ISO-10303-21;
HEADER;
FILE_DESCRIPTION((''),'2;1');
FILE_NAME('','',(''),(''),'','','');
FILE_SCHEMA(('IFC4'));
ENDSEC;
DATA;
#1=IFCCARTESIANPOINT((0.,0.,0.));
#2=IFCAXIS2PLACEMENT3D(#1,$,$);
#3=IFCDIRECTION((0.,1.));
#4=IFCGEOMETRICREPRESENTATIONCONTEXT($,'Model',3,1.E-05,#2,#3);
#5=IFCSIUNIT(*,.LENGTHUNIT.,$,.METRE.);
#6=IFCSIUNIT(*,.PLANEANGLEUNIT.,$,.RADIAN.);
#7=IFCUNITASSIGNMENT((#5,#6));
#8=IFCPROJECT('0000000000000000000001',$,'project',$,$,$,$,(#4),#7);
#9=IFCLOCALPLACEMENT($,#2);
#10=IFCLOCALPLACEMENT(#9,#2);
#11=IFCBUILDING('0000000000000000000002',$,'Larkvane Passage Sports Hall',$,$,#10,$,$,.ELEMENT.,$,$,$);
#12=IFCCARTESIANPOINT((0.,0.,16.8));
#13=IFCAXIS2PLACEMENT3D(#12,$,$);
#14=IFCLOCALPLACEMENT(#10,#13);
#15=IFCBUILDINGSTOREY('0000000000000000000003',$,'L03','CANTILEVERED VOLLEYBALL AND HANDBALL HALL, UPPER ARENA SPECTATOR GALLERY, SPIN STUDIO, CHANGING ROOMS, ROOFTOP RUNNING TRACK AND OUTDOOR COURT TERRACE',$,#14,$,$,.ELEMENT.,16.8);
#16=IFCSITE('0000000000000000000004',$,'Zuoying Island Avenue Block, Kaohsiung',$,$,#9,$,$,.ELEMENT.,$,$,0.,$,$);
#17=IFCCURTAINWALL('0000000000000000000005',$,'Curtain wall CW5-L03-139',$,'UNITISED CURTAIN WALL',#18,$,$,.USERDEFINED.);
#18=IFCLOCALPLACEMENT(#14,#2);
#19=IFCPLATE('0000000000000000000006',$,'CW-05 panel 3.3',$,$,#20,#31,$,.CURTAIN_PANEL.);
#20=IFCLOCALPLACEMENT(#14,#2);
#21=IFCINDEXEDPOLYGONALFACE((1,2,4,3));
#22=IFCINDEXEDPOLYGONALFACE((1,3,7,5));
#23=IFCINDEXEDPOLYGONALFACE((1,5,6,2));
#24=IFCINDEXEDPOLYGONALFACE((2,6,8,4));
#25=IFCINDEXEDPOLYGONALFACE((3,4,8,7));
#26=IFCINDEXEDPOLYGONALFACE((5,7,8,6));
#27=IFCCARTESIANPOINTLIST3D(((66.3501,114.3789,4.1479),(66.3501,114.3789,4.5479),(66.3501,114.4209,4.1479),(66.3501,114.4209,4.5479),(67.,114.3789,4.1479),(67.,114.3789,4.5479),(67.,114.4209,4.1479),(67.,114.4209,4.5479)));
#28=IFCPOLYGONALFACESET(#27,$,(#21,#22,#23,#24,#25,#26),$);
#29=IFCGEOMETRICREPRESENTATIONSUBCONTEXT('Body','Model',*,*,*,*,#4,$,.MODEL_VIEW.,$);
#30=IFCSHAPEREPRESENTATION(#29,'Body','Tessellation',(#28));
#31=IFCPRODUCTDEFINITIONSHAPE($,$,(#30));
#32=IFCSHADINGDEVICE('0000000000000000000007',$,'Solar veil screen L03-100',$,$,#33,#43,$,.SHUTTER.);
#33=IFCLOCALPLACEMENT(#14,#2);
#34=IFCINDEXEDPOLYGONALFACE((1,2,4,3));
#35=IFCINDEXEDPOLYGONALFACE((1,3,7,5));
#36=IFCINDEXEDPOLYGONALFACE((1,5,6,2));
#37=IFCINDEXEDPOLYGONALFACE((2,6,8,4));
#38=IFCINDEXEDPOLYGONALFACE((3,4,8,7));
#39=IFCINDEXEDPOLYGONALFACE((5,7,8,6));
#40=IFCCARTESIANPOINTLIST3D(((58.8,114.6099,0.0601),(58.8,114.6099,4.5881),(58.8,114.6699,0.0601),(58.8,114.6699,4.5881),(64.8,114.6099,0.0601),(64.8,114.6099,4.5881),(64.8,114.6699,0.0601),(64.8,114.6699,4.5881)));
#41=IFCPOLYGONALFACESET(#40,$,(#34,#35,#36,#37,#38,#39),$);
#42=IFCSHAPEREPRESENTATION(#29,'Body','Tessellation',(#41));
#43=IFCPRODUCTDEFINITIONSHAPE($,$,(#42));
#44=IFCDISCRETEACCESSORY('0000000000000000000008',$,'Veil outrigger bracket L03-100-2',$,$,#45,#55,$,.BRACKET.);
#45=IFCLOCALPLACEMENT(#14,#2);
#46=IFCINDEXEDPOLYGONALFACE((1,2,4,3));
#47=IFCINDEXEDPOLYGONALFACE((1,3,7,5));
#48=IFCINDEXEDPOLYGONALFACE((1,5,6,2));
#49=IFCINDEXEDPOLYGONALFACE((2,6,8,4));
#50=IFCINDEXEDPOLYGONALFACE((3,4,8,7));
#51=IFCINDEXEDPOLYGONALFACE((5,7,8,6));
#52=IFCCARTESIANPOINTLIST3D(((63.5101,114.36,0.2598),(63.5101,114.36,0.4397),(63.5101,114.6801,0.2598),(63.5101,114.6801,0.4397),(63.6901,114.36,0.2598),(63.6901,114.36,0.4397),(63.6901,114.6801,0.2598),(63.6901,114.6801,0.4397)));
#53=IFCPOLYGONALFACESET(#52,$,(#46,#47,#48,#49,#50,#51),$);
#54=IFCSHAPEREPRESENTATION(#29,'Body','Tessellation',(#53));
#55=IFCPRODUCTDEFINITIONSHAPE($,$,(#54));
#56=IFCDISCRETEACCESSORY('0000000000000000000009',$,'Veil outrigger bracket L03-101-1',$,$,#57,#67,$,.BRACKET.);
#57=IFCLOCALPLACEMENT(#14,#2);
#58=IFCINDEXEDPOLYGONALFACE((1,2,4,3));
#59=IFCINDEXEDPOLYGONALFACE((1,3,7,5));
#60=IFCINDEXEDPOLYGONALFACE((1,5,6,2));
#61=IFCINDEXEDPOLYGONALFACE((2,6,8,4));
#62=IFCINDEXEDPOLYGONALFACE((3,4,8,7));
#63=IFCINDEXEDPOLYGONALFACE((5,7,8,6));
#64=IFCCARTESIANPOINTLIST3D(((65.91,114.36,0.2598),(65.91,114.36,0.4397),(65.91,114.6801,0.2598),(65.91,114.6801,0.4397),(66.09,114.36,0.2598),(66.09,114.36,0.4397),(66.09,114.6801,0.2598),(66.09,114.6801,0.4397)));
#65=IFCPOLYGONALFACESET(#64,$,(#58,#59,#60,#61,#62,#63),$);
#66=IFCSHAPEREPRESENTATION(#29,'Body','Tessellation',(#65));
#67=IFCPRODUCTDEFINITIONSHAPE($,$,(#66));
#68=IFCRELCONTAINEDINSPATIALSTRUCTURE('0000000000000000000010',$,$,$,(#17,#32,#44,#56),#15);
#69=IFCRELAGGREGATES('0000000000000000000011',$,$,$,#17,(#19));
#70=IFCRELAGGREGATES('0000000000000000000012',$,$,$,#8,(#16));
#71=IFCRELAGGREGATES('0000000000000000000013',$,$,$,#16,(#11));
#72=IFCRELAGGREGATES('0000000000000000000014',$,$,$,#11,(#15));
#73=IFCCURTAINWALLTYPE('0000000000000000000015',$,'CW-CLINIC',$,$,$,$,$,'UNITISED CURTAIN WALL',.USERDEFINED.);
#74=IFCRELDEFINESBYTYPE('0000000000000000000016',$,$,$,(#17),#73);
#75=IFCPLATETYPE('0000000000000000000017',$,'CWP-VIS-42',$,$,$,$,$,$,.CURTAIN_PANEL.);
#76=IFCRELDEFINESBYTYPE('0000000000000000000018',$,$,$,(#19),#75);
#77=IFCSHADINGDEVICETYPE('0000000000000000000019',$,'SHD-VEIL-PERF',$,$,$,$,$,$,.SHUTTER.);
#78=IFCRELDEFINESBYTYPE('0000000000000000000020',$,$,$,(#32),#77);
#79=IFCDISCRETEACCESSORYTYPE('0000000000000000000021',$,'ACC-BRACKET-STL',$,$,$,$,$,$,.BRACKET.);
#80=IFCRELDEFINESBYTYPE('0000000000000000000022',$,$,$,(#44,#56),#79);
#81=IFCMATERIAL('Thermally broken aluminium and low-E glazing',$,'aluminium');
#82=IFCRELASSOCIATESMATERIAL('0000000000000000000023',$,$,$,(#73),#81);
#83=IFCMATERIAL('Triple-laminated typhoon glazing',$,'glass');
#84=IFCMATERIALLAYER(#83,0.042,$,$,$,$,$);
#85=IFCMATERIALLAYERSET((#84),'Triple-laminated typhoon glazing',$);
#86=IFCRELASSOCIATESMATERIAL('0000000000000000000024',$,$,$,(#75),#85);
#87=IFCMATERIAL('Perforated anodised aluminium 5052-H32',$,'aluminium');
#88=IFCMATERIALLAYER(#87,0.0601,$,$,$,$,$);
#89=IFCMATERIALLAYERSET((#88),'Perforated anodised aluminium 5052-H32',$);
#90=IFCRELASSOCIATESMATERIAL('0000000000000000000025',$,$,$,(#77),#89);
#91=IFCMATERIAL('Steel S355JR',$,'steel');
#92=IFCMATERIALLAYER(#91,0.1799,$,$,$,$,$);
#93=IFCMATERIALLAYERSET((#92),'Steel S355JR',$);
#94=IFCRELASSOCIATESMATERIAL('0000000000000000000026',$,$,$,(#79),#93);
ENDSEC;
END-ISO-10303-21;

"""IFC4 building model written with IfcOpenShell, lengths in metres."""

from ifc_helpers import new_model, si_unit, direction, frame, origin, origin_2d, place, context, subcontext, project, spatial, rectangle, extrude, material, layer, layer_set, type_object, element, aggregate, save


model = new_model("IFC4")

# Units and contexts
model_context = context("Model", 3, precision=1e-05, world=origin(), true_north=direction((0.0, 1.0)))
body_context = subcontext(model_context, "Body", "Model", "MODEL_VIEW")
ifc_project = project(units=[si_unit("LENGTHUNIT", "METRE"), si_unit("PLANEANGLEUNIT", "RADIAN")], contexts=[model_context])

# Site, building, storey
site_placement = place(None, origin())
site = spatial("IfcSite", under=ifc_project, at=site_placement, Name="Zuoying Island Avenue Block, Kaohsiung", CompositionType="ELEMENT", RefElevation=0.0)
building_placement = place(site_placement, origin())
building = spatial("IfcBuilding", under=site, at=building_placement, Name="Larkvane Passage Sports Hall", CompositionType="ELEMENT")
storey_placement = place(building_placement, frame((0.0, 0.0, 16.8)))
storey = spatial("IfcBuildingStorey", under=building, at=storey_placement, Name="L03", Description="CANTILEVERED VOLLEYBALL AND HANDBALL HALL, UPPER ARENA SPECTATOR GALLERY, SPIN STUDIO, CHANGING ROOMS, ROOFTOP RUNNING TRACK AND OUTDOOR COURT TERRACE", CompositionType="ELEMENT", Elevation=16.8)

# Curtain wall
ifc_material_1 = material(Name="Thermally broken aluminium and low-E glazing", Category="aluminium")
curtain_wall_type_1 = type_object("IfcCurtainWallType", Name="CW-CLINIC", ElementType="UNITISED CURTAIN WALL", PredefinedType="USERDEFINED", material=ifc_material_1)
curtain_wall_1_placement = place(storey_placement, origin())
curtain_wall_1 = element("IfcCurtainWall", 1, at=curtain_wall_1_placement, inside=storey, type_object=curtain_wall_type_1, Name="Curtain wall CW5-L03-139", ObjectType="UNITISED CURTAIN WALL", PredefinedType="USERDEFINED")

# Plate
ifc_material_2 = material(Name="Triple-laminated typhoon glazing", Category="glass")
ifc_layer_1 = layer(ifc_material_2, 0.042)
ifc_layer_set_1 = layer_set([ifc_layer_1], Name="Triple-laminated typhoon glazing")
plate_type_1 = type_object("IfcPlateType", Name="CWP-VIS-42", PredefinedType="CURTAIN_PANEL", material=ifc_layer_set_1)
plate_1_placement = place(storey_placement, frame((66.675, 114.3999, 4.1479), z_axis=(0.0, 0.0, 1.0), x_axis=(1.0, 0.0, 0.0)))
plate_1 = element("IfcPlate", 2, at=plate_1_placement, type_object=plate_type_1, Name="CW-05 panel 3.3", PredefinedType="CURTAIN_PANEL", context=body_context, shape_type="SweptSolid", body=[
    extrude(rectangle(XDim=0.6499, YDim=0.042, at=origin_2d()), origin(), (0.0, 0.0, 1.0), 0.3999),
])
aggregate(curtain_wall_1, [plate_1])

# Shading device
ifc_material_3 = material(Name="Perforated anodised aluminium 5052-H32", Category="aluminium")
ifc_layer_2 = layer(ifc_material_3, 0.0601)
ifc_layer_set_2 = layer_set([ifc_layer_2], Name="Perforated anodised aluminium 5052-H32")
shading_device_type = type_object("IfcShadingDeviceType", Name="SHD-VEIL-PERF", PredefinedType="SHUTTER", material=ifc_layer_set_2)
shading_device_placement = place(storey_placement, frame((61.8, 114.6399, 0.0601), z_axis=(0.0, 0.0, 1.0), x_axis=(1.0, 0.0, 0.0)))
element("IfcShadingDevice", 3, at=shading_device_placement, inside=storey, type_object=shading_device_type, Name="Solar veil screen L03-100", PredefinedType="SHUTTER", context=body_context, shape_type="SweptSolid", body=[
    extrude(rectangle(XDim=6.0, YDim=0.0601, at=origin_2d()), origin(), (0.0, 0.0, 1.0), 4.5281),
])

# Discrete accessories
ifc_material_4 = material(Name="Steel S355JR", Category="steel")
ifc_layer_3 = layer(ifc_material_4, 0.1799)
ifc_layer_set_3 = layer_set([ifc_layer_3], Name="Steel S355JR")
discrete_accessory_type = type_object("IfcDiscreteAccessoryType", Name="ACC-BRACKET-STL", PredefinedType="BRACKET", material=ifc_layer_set_3)
for number, where, z_axis, x_axis, name in (
    (4, (63.6001, 114.52, 0.2598), (0.0, 0.0, 1.0), (1.0, 0.0, 0.0), "Veil outrigger bracket L03-100-2"),
    (5, (66.0, 114.52, 0.2598), (0.0, 0.0, 1.0), (1.0, 0.0, 0.0), "Veil outrigger bracket L03-101-1"),
):
    element("IfcDiscreteAccessory", number, at=place(storey_placement, frame(where, z_axis=z_axis, x_axis=x_axis)), inside=storey, type_object=discrete_accessory_type, Name=name, PredefinedType="BRACKET", context=body_context, shape_type="SweptSolid", body=[
        extrude(rectangle(XDim=0.1799, YDim=0.3201, at=origin_2d()), origin(), (0.0, 0.0, 1.0), 0.1799),
    ])

save(model, "model.ifc")
